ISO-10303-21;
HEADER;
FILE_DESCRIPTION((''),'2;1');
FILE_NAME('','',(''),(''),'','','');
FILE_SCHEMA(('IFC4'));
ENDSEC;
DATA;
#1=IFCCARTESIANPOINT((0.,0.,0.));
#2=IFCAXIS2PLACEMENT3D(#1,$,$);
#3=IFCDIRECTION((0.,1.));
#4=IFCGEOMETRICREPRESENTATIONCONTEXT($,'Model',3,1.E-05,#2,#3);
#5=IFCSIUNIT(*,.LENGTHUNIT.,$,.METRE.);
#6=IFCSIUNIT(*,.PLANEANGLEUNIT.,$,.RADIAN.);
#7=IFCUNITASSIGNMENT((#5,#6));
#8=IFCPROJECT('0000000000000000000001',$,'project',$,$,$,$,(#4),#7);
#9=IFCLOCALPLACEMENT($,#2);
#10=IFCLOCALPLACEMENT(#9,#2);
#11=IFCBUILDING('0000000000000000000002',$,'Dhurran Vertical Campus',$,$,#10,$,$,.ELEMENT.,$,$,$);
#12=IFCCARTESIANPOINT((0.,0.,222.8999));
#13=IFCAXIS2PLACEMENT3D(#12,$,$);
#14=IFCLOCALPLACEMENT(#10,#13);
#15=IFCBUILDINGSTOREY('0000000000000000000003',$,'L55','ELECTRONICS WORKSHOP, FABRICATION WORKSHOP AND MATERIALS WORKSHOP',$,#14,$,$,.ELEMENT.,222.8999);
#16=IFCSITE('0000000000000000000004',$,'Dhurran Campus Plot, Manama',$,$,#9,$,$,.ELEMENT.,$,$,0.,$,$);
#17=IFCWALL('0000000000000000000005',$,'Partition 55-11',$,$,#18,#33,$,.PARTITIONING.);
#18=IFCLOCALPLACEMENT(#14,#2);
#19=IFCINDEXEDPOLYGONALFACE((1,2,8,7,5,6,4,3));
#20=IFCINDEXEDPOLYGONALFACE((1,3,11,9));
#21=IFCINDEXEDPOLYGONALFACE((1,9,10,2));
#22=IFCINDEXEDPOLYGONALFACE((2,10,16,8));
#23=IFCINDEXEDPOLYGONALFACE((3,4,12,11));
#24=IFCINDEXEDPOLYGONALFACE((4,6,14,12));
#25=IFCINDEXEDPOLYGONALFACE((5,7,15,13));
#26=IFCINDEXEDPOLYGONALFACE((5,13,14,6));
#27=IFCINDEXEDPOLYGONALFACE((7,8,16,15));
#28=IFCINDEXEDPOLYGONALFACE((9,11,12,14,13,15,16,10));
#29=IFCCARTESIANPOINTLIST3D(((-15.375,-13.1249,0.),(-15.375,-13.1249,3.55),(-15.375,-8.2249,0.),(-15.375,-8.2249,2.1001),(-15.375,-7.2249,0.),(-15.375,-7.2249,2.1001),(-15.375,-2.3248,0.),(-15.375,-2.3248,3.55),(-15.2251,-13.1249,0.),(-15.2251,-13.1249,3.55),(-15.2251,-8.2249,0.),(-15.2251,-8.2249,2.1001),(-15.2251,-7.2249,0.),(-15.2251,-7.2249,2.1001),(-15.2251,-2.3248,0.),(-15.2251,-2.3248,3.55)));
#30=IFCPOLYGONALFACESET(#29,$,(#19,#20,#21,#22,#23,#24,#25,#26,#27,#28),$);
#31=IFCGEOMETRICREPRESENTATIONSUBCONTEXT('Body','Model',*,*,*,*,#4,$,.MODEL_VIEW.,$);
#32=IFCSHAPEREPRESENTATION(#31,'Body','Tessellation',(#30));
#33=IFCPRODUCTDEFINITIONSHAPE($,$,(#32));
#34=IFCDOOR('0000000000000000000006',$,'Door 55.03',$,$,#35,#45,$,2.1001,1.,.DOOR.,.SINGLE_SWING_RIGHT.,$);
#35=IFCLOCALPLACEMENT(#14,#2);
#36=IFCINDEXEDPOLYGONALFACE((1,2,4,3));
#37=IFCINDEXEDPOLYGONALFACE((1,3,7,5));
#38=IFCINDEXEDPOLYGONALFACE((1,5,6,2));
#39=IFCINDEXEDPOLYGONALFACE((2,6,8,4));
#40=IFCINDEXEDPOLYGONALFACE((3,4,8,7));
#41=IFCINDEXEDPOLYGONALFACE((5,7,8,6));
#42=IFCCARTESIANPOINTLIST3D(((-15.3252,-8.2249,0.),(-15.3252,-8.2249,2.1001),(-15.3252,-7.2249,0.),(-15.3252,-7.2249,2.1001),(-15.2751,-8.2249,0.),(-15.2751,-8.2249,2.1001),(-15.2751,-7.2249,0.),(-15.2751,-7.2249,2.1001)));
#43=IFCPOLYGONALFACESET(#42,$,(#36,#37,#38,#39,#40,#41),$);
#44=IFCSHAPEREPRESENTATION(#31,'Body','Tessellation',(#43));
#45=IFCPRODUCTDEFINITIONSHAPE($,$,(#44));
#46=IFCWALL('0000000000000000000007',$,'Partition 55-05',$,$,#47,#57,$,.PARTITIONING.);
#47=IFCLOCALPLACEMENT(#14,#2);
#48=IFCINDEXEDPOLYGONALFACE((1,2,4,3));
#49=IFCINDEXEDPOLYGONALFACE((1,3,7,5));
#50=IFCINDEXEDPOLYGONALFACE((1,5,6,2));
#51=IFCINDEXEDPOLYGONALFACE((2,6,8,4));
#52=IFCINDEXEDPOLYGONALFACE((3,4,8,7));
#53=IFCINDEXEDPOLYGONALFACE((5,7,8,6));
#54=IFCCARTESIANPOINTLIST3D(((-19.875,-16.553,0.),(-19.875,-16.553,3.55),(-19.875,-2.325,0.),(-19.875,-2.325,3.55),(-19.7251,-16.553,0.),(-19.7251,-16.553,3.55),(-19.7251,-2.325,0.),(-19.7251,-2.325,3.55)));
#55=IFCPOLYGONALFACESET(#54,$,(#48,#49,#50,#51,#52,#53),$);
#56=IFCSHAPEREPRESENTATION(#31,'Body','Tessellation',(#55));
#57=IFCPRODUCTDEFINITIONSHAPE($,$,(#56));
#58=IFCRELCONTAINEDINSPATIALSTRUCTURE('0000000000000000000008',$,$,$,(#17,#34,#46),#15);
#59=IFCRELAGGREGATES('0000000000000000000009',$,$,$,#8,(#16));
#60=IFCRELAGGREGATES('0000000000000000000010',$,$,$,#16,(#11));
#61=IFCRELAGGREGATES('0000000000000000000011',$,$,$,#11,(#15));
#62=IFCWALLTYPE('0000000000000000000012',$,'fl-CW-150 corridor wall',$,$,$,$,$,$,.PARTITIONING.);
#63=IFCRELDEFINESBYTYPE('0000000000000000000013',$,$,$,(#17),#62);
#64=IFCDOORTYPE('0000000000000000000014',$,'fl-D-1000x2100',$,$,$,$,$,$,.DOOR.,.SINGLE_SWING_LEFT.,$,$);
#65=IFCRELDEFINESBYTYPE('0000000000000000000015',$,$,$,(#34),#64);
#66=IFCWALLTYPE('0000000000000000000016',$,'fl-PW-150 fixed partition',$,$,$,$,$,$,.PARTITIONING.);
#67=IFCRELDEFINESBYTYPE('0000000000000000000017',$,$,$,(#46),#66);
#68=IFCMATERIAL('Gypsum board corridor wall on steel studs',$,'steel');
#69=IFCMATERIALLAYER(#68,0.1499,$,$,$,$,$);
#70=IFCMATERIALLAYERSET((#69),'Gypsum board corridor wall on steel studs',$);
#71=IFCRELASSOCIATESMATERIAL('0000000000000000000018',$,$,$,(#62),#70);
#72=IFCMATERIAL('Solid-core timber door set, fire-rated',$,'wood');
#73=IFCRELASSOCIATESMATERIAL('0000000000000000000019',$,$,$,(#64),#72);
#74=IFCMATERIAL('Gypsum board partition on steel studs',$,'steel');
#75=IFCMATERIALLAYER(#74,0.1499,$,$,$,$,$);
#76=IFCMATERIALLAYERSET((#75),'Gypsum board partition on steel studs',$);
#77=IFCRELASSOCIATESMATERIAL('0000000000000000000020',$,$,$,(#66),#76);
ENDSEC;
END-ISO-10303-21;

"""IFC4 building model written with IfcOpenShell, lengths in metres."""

from ifc_helpers import new_model, si_unit, direction, frame, frame_2d, origin, place, context, subcontext, project, spatial, rectangle, extrude, material, layer, layer_set, type_object, element, fill, save


model = new_model("IFC4")

# Units and contexts
model_context = context("Model", 3, precision=1e-05, world=origin(), true_north=direction((0.0, 1.0)))
body_context = subcontext(model_context, "Body", "Model", "MODEL_VIEW")
ifc_project = project(units=[si_unit("LENGTHUNIT", "METRE"), si_unit("PLANEANGLEUNIT", "RADIAN")], contexts=[model_context])

# Site, building, storey
site_placement = place(None, origin())
site = spatial("IfcSite", under=ifc_project, at=site_placement, Name="Dhurran Campus Plot, Manama", CompositionType="ELEMENT", RefElevation=0.0)
building_placement = place(site_placement, origin())
building = spatial("IfcBuilding", under=site, at=building_placement, Name="Dhurran Vertical Campus", CompositionType="ELEMENT")
storey_placement = place(building_placement, frame((0.0, 0.0, 222.8999)))
storey = spatial("IfcBuildingStorey", under=building, at=storey_placement, Name="L55", Description="ELECTRONICS WORKSHOP, FABRICATION WORKSHOP AND MATERIALS WORKSHOP", CompositionType="ELEMENT", Elevation=222.8999)

# Shared definitions
ifc_material_1 = material(Name="Gypsum board corridor wall on steel studs", Category="steel")
ifc_layer_1 = layer(ifc_material_1, 0.1499)
ifc_layer_set_1 = layer_set([ifc_layer_1], Name="Gypsum board corridor wall on steel studs")
wall_type_1 = type_object("IfcWallType", Name="fl-CW-150 corridor wall", PredefinedType="PARTITIONING", material=ifc_layer_set_1)
ifc_material_2 = material(Name="Solid-core timber door set, fire-rated", Category="wood")
door_type_1 = type_object("IfcDoorType", Name="fl-D-1000x2100", OperationType="SINGLE_SWING_LEFT", PredefinedType="DOOR", material=ifc_material_2)

# Wall, opening, door
wall_1_placement = place(storey_placement, frame((-15.3, -2.325, 0.0), z_axis=(0.0, 0.0, 1.0), x_axis=(0.0, -1.0, 0.0)))
wall_1 = element("IfcWall", 1, at=wall_1_placement, inside=storey, type_object=wall_type_1, Name="Partition 55-11", PredefinedType="PARTITIONING", context=body_context, shape_type="SweptSolid", body=[
    extrude(rectangle(XDim=10.8, YDim=0.1499, at=frame_2d((5.3999, 0.0))), origin(), (0.0, 0.0, 1.0), 3.55),
])
opening_1_placement = place(wall_1_placement, frame((4.8999, 0.0, 0.0)))
opening_1 = element("IfcOpeningElement", 2, at=opening_1_placement, cuts=wall_1, PredefinedType="OPENING", context=body_context, shape_type="SweptSolid", body=[
    extrude(rectangle(XDim=1.0, YDim=2.1001, at=frame_2d((0.5, 1.05))), frame((0.0, 0.085, 0.0), z_axis=(0.0, -1.0, 0.0), x_axis=(1.0, 0.0, 0.0)), (0.0, 0.0, 1.0), 0.1699),
])
door_1_placement = place(opening_1_placement, origin())
door_1 = element("IfcDoor", 3, at=door_1_placement, inside=storey, type_object=door_type_1, Name="Door 55.03", OperationType="SINGLE_SWING_RIGHT", OverallHeight=2.1001, OverallWidth=1.0, PredefinedType="DOOR", context=body_context, shape_type="SweptSolid", body=[
    extrude(rectangle(XDim=1.0, YDim=2.1001, at=frame_2d((0.5, 1.05))), frame((0.0, 0.0249, 0.0), z_axis=(0.0, -1.0, 0.0), x_axis=(1.0, 0.0, 0.0)), (0.0, 0.0, 1.0), 0.05),
])
fill(opening_1, door_1)

# Wall
ifc_material_3 = material(Name="Gypsum board partition on steel studs", Category="steel")
ifc_layer_2 = layer(ifc_material_3, 0.1499)
ifc_layer_set_2 = layer_set([ifc_layer_2], Name="Gypsum board partition on steel studs")
wall_type_2 = type_object("IfcWallType", Name="fl-PW-150 fixed partition", PredefinedType="PARTITIONING", material=ifc_layer_set_2)
wall_2_placement = place(storey_placement, frame((-19.8, -2.325, 0.0), z_axis=(0.0, 0.0, 1.0), x_axis=(0.0, -1.0, 0.0)))
element("IfcWall", 4, at=wall_2_placement, inside=storey, type_object=wall_type_2, Name="Partition 55-05", PredefinedType="PARTITIONING", context=body_context, shape_type="SweptSolid", body=[
    extrude(rectangle(XDim=14.228, YDim=0.1499, at=frame_2d((7.114, 0.0))), origin(), (0.0, 0.0, 1.0), 3.55),
])

save(model, "model.ifc")
